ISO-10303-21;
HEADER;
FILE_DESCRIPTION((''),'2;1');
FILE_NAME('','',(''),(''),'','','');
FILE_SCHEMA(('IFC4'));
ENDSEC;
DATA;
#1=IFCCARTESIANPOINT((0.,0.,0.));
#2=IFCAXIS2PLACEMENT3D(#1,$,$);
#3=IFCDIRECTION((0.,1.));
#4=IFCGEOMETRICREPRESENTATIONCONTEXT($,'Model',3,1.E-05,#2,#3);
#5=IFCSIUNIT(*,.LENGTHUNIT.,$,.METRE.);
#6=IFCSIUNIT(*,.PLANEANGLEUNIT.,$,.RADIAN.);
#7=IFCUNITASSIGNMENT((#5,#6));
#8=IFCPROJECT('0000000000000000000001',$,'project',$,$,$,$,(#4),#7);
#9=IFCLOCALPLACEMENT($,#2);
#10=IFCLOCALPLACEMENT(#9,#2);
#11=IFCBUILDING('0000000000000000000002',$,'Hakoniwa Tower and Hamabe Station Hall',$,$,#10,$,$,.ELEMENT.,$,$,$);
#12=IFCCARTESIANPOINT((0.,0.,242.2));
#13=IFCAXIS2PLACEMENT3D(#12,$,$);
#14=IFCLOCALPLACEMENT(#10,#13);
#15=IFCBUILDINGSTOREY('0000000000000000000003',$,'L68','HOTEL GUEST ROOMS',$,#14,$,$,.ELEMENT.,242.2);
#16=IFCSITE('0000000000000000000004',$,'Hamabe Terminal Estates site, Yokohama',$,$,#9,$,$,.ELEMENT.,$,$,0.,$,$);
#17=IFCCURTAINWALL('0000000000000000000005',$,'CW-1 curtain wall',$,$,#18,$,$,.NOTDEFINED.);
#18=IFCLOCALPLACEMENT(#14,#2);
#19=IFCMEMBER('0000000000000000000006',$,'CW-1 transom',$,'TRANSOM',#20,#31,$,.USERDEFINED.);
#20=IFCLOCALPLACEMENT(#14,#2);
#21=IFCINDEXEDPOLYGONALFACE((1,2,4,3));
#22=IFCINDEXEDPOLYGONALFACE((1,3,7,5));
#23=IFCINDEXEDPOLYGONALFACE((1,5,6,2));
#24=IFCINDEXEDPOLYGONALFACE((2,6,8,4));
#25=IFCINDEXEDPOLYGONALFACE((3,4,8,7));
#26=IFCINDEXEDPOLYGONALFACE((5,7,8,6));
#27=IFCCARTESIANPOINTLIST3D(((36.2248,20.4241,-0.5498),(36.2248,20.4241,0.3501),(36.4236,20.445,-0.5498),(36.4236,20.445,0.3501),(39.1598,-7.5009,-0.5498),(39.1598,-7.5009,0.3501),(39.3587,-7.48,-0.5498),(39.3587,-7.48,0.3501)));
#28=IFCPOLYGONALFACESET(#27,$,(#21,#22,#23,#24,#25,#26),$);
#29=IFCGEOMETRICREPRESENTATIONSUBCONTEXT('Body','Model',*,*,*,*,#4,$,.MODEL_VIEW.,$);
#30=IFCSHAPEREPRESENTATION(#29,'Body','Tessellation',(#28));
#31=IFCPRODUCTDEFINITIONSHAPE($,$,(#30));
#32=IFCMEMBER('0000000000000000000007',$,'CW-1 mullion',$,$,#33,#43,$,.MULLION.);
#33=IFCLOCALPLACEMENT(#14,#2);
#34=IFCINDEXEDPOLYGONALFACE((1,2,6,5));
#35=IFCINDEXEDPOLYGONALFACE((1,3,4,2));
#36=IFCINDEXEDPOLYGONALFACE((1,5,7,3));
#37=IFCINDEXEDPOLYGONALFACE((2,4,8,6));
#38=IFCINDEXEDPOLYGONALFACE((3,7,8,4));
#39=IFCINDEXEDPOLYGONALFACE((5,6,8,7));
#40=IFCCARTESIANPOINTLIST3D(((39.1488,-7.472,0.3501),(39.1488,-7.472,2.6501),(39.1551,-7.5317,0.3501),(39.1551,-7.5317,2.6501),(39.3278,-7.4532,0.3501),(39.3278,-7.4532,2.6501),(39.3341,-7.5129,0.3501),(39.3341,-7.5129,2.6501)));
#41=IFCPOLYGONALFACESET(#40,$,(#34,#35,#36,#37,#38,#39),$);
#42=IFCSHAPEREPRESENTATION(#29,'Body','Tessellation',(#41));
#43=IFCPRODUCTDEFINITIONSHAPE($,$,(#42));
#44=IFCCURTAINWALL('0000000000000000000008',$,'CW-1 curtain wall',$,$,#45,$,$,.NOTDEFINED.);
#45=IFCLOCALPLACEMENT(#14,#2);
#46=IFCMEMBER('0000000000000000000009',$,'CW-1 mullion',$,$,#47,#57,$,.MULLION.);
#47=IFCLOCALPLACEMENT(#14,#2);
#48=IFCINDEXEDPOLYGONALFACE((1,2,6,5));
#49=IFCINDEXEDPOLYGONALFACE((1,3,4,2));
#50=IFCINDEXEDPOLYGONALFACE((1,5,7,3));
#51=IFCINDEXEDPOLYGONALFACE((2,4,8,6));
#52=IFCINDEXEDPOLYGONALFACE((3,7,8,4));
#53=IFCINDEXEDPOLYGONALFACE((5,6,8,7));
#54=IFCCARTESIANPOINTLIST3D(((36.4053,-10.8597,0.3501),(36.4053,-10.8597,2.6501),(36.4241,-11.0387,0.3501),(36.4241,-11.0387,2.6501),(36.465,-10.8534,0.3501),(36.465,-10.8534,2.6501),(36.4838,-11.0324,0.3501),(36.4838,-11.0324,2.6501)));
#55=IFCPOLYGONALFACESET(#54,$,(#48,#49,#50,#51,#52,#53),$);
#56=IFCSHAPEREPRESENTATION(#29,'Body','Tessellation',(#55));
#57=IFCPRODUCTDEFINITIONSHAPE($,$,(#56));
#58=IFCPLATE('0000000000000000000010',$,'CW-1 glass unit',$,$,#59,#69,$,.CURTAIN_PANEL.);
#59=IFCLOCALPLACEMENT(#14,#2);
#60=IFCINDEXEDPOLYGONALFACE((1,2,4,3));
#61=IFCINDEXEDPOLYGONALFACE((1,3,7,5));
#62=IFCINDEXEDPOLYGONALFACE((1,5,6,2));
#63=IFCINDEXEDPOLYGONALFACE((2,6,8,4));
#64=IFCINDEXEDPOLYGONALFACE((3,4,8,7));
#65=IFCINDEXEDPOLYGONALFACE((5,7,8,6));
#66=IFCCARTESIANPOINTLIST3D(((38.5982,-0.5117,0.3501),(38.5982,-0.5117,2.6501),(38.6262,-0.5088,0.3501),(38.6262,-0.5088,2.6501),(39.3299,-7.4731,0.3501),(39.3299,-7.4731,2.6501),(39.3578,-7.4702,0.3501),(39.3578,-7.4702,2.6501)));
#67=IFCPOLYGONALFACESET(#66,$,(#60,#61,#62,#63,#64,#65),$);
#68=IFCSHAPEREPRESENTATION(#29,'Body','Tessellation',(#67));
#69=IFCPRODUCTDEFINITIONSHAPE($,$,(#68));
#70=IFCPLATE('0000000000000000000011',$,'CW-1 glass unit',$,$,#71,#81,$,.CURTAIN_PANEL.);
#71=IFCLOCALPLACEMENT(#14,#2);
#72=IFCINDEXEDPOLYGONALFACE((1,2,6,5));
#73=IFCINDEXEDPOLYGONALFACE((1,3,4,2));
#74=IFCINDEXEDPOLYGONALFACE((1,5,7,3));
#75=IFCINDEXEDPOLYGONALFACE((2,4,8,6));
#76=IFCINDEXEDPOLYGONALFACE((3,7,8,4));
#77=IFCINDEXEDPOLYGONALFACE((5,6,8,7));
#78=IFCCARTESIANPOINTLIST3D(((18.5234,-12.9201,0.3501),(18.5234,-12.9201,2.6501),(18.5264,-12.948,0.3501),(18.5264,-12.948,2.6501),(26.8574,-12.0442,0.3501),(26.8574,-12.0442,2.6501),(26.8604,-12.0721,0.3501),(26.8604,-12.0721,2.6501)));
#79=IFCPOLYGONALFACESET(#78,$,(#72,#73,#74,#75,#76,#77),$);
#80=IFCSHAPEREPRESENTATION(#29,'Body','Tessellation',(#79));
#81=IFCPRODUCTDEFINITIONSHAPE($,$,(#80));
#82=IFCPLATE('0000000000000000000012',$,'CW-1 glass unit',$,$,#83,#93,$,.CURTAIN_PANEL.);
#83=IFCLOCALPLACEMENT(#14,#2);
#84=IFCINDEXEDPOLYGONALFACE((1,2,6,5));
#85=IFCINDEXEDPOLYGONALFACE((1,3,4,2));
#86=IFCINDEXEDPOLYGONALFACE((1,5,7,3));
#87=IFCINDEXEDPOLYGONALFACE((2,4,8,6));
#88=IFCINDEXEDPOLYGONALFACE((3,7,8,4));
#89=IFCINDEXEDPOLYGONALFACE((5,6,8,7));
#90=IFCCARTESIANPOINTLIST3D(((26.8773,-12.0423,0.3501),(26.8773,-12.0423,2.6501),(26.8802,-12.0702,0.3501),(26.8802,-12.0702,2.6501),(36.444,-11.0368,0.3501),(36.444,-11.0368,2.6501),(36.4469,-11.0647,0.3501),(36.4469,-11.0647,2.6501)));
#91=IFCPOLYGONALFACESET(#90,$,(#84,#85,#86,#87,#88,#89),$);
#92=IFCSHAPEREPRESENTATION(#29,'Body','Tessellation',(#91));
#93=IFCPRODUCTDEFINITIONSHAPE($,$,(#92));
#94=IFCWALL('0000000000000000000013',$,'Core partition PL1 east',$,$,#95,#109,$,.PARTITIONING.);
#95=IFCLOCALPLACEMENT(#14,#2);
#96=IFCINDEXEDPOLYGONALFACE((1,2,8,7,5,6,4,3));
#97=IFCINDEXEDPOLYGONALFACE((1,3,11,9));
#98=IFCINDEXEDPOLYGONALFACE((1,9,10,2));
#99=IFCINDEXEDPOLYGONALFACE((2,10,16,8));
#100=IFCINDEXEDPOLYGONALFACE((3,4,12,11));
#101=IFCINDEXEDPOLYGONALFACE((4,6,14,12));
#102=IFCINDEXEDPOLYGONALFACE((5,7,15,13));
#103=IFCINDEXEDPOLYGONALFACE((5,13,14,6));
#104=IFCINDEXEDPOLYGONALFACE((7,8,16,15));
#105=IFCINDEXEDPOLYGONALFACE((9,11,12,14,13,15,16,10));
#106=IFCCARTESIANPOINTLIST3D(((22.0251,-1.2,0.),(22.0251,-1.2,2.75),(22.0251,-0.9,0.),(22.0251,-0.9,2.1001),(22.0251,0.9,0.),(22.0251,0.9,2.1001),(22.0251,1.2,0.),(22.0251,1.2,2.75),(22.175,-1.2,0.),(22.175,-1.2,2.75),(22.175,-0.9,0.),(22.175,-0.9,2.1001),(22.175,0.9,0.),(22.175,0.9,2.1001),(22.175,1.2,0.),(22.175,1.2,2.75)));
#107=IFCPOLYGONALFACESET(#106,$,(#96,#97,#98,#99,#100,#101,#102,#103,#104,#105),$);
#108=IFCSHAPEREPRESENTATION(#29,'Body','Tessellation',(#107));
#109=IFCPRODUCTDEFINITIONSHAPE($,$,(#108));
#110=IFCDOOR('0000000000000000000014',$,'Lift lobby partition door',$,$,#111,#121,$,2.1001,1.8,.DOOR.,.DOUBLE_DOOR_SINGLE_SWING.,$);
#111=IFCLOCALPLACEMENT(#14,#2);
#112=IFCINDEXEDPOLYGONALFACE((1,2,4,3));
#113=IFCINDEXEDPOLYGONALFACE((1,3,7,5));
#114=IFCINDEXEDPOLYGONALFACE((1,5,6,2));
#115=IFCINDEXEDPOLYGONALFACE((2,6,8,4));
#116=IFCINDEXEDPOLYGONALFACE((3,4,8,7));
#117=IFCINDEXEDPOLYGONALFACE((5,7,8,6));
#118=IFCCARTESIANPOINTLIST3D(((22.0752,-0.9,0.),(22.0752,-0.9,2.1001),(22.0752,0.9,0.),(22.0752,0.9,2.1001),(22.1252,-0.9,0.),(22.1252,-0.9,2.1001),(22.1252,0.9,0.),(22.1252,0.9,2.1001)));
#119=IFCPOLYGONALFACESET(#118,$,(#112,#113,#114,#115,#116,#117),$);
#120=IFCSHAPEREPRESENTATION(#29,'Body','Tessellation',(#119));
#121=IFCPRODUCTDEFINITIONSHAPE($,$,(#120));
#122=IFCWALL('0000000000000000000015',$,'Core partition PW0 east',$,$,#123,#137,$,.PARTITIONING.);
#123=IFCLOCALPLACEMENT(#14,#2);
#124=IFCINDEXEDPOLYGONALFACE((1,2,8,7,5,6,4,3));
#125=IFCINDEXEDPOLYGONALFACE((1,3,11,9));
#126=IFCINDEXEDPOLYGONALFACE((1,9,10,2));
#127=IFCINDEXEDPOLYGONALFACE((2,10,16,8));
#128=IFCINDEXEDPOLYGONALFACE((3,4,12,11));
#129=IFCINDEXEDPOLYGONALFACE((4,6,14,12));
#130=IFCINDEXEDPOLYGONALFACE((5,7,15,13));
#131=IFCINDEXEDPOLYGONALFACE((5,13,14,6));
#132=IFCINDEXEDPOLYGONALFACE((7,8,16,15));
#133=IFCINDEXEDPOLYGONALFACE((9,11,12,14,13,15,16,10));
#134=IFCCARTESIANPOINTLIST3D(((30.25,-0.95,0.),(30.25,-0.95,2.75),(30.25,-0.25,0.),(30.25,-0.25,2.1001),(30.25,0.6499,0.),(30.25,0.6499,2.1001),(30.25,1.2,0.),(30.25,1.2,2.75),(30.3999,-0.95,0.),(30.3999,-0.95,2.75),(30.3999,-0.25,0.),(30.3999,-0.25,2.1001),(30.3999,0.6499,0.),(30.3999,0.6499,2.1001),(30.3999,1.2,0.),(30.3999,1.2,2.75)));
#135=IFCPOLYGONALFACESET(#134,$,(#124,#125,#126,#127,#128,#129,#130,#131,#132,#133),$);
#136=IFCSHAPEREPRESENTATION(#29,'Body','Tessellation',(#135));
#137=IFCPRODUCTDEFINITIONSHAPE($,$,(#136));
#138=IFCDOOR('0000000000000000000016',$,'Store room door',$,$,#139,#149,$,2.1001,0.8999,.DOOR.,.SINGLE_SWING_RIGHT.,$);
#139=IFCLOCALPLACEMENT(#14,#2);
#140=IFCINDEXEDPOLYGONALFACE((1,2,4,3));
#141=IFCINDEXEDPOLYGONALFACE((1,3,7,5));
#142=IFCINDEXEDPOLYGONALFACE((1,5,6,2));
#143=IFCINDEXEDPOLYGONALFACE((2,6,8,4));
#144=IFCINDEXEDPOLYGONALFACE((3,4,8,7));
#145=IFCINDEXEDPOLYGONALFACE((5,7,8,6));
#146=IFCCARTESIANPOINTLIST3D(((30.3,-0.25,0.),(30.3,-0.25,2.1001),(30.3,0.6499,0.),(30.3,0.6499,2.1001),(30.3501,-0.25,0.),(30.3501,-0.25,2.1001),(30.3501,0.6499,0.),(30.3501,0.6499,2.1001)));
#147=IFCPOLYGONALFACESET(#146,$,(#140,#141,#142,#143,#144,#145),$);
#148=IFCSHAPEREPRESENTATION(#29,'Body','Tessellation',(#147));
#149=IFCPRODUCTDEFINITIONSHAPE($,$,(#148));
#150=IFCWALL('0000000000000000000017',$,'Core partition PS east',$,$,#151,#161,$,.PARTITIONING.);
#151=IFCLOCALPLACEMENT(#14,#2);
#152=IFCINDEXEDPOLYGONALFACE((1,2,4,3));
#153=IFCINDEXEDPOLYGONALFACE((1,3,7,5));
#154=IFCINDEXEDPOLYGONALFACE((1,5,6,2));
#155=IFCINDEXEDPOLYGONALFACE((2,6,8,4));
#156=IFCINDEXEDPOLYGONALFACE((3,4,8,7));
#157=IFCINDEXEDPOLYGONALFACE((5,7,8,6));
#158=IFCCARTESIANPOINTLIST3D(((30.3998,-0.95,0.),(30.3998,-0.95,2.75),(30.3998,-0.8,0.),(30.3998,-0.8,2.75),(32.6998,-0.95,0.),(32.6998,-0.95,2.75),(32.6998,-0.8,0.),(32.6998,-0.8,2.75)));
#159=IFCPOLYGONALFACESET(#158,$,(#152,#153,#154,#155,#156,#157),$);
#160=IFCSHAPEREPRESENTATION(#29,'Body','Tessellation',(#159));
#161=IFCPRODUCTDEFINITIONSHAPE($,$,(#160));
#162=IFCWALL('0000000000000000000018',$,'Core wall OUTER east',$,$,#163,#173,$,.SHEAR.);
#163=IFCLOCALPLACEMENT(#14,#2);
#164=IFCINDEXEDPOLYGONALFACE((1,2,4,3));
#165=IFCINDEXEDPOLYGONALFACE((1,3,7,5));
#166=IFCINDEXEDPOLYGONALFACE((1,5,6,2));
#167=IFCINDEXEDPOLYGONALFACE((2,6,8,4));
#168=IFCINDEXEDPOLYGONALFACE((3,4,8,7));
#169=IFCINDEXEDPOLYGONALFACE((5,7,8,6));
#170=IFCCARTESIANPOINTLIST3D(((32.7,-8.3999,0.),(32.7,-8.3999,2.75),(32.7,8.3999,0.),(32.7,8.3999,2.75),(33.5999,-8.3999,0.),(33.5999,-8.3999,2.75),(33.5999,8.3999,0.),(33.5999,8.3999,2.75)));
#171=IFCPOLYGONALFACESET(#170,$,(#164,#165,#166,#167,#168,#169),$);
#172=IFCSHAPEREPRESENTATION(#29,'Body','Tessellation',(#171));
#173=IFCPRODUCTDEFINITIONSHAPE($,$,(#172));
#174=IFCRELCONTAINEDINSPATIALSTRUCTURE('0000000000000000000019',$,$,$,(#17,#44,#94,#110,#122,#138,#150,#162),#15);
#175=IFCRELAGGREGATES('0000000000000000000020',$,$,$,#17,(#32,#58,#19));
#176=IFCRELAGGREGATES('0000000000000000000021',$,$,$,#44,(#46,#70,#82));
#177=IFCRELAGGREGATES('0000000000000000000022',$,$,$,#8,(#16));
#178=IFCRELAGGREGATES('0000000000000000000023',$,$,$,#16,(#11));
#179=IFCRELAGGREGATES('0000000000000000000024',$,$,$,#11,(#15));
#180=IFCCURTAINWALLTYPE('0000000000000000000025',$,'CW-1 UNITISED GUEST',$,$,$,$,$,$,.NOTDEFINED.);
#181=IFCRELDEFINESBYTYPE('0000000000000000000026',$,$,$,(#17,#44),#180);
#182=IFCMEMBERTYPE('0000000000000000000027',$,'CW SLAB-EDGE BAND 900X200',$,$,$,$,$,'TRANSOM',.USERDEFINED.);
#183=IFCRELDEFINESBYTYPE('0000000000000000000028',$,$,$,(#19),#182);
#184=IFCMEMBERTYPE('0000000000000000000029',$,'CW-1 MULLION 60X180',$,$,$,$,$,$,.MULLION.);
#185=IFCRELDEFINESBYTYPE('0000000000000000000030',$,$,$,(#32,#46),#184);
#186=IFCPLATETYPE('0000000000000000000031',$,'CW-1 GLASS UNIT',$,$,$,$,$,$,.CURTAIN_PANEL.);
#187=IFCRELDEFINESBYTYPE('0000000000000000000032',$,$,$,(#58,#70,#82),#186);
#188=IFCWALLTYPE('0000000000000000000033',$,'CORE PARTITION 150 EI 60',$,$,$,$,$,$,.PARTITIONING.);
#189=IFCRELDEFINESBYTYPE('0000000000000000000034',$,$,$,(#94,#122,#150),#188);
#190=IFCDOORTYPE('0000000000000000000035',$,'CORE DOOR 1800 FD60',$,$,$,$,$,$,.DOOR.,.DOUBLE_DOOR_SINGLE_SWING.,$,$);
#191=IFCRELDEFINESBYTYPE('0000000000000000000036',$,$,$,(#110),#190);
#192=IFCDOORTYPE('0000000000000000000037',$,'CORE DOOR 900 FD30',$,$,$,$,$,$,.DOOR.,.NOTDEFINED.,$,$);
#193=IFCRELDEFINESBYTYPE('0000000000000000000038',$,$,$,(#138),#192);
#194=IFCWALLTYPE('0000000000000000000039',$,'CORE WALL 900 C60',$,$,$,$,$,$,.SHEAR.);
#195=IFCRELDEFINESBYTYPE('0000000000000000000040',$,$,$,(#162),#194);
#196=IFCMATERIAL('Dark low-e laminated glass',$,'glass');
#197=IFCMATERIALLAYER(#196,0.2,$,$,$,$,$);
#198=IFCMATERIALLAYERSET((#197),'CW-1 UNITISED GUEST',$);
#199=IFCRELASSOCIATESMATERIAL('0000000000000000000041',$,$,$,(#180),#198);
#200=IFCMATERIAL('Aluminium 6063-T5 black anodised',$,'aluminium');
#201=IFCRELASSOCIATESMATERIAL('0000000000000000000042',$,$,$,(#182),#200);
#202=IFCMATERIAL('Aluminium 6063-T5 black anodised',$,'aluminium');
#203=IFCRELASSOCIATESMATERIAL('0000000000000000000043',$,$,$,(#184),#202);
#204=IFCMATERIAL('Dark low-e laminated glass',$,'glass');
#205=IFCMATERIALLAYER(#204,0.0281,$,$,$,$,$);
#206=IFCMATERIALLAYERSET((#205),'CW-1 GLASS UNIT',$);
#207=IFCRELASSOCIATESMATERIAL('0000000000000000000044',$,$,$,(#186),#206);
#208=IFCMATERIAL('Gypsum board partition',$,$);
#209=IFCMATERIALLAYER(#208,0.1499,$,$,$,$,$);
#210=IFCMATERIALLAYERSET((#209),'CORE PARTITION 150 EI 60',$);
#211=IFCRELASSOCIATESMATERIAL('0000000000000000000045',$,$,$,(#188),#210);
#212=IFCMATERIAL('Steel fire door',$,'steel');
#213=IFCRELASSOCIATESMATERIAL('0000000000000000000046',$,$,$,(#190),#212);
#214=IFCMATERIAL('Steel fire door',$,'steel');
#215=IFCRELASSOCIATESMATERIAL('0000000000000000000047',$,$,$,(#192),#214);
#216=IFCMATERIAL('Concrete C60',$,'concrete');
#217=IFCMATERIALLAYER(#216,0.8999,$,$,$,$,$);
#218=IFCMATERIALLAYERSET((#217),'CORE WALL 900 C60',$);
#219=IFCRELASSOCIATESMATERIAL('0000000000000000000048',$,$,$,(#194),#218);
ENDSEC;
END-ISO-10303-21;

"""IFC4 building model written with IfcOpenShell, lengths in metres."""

from ifc_helpers import new_model, si_unit, direction, frame, frame_2d, origin, origin_2d, place, context, subcontext, project, spatial, rectangle, extrude, material, layer, layer_set, material_profile, profile_set, type_object, element, fill, aggregate, save


model = new_model("IFC4")

# Units and contexts
model_context = context("Model", 3, precision=1e-05, world=origin(), true_north=direction((0.0, 1.0)))
body_context = subcontext(model_context, "Body", "Model", "MODEL_VIEW")
ifc_project = project(units=[si_unit("LENGTHUNIT", "METRE"), si_unit("PLANEANGLEUNIT", "RADIAN")], contexts=[model_context])

# Site, building, storey
site_placement = place(None, origin())
site = spatial("IfcSite", under=ifc_project, at=site_placement, Name="Hamabe Terminal Estates site, Yokohama", CompositionType="ELEMENT", RefElevation=0.0)
building_placement = place(site_placement, origin())
building = spatial("IfcBuilding", under=site, at=building_placement, Name="Hakoniwa Tower and Hamabe Station Hall", CompositionType="ELEMENT")
storey_placement = place(building_placement, frame((0.0, 0.0, 242.2)))
storey = spatial("IfcBuildingStorey", under=building, at=storey_placement, Name="L68", Description="HOTEL GUEST ROOMS", CompositionType="ELEMENT", Elevation=242.2)

# Curtain wall, members
ifc_material_1 = material(Name="Dark low-e laminated glass", Category="glass")
ifc_layer_1 = layer(ifc_material_1, 0.2)
ifc_layer_set_1 = layer_set([ifc_layer_1], Name="CW-1 UNITISED GUEST")
curtain_wall_type = type_object("IfcCurtainWallType", Name="CW-1 UNITISED GUEST", PredefinedType="NOTDEFINED", material=ifc_layer_set_1)
curtain_wall_1_placement = place(storey_placement, origin())
curtain_wall_1 = element("IfcCurtainWall", 1, at=curtain_wall_1_placement, inside=storey, type_object=curtain_wall_type, Name="CW-1 curtain wall", PredefinedType="NOTDEFINED")
ifc_material_2 = material(Name="Aluminium 6063-T5 black anodised", Category="aluminium")
ifc_material_profile_1 = material_profile(ifc_material_2, rectangle(XDim=0.2, YDim=0.8999, at=origin_2d()), Name="CW SLAB-EDGE BAND 900X200")
ifc_profile_set_1 = profile_set([ifc_material_profile_1], Name="Aluminium 6063-T5 black anodised")
member_type_1 = type_object("IfcMemberType", Name="CW SLAB-EDGE BAND 900X200", ElementType="TRANSOM", PredefinedType="USERDEFINED", material=ifc_profile_set_1)
member_1_placement = place(storey_placement, frame((39.2593, -7.4905, -0.0999), z_axis=(-0.104529, 0.994522, 0.0), x_axis=(-0.994522, -0.104529, 0.0)))
member_1 = element("IfcMember", 2, at=member_1_placement, type_object=member_type_1, Name="CW-1 transom", ObjectType="TRANSOM", PredefinedType="USERDEFINED", context=body_context, shape_type="SweptSolid", body=[
    extrude(rectangle(XDim=0.2, YDim=0.8999, at=origin_2d()), origin(), (0.0, 0.0, 1.0), 28.0789),
])
ifc_material_3 = material(Name="Aluminium 6063-T5 black anodised", Category="aluminium")
ifc_material_profile_2 = material_profile(ifc_material_3, rectangle(XDim=0.0601, YDim=0.1799, at=origin_2d()), Name="CW-1 MULLION 60X180")
ifc_profile_set_2 = profile_set([ifc_material_profile_2], Name="Aluminium 6063-T5 black anodised")
member_type_2 = type_object("IfcMemberType", Name="CW-1 MULLION 60X180", PredefinedType="MULLION", material=ifc_profile_set_2)
member_2_placement = place(storey_placement, frame((39.2415, -7.4924, 0.3501), z_axis=(0.0, 0.0, 1.0), x_axis=(-0.104528, 0.994522, 0.0)))
member_2 = element("IfcMember", 3, at=member_2_placement, type_object=member_type_2, Name="CW-1 mullion", PredefinedType="MULLION", context=body_context, shape_type="SweptSolid", body=[
    extrude(rectangle(XDim=0.0601, YDim=0.1799, at=origin_2d()), origin(), (0.0, 0.0, 1.0), 2.3),
])

# Curtain wall, member
curtain_wall_2_placement = place(storey_placement, origin())
curtain_wall_2 = element("IfcCurtainWall", 4, at=curtain_wall_2_placement, inside=storey, type_object=curtain_wall_type, Name="CW-1 curtain wall", PredefinedType="NOTDEFINED")
member_3_placement = place(storey_placement, frame((36.4446, -10.946, 0.3501), z_axis=(0.0, 0.0, 1.0), x_axis=(0.994522, 0.104528, 0.0)))
member_3 = element("IfcMember", 5, at=member_3_placement, type_object=member_type_2, Name="CW-1 mullion", PredefinedType="MULLION", context=body_context, shape_type="SweptSolid", body=[
    extrude(rectangle(XDim=0.0601, YDim=0.1799, at=origin_2d()), origin(), (0.0, 0.0, 1.0), 2.3),
])

# Plates
ifc_material_4 = material(Name="Dark low-e laminated glass", Category="glass")
ifc_layer_2 = layer(ifc_material_4, 0.0281)
ifc_layer_set_2 = layer_set([ifc_layer_2], Name="CW-1 GLASS UNIT")
plate_type = type_object("IfcPlateType", Name="CW-1 GLASS UNIT", PredefinedType="CURTAIN_PANEL", material=ifc_layer_set_2)
plate_1_placement = place(storey_placement, frame((38.978, -3.991, 0.3501), z_axis=(0.0, 0.0, 1.0), x_axis=(-0.104528, 0.994522, 0.0)))
plate_1 = element("IfcPlate", 6, at=plate_1_placement, type_object=plate_type, Name="CW-1 glass unit", PredefinedType="CURTAIN_PANEL", context=body_context, shape_type="SweptSolid", body=[
    extrude(rectangle(XDim=6.9998, YDim=0.0281, at=origin_2d()), origin(), (0.0, 0.0, 1.0), 2.3),
])
aggregate(curtain_wall_1, [member_2, plate_1, member_1])
plate_2_placement = place(storey_placement, frame((22.6919, -12.4961, 0.3501), z_axis=(0.0, 0.0, 1.0), x_axis=(0.994522, 0.104528, 0.0)))
plate_2 = element("IfcPlate", 7, at=plate_2_placement, type_object=plate_type, Name="CW-1 glass unit", PredefinedType="CURTAIN_PANEL", context=body_context, shape_type="SweptSolid", body=[
    extrude(rectangle(XDim=8.3799, YDim=0.0281, at=origin_2d()), origin(), (0.0, 0.0, 1.0), 2.3),
])
plate_3_placement = place(storey_placement, frame((31.6621, -11.5535, 0.3501), z_axis=(0.0, 0.0, 1.0), x_axis=(0.994522, 0.104528, 0.0)))
plate_3 = element("IfcPlate", 8, at=plate_3_placement, type_object=plate_type, Name="CW-1 glass unit", PredefinedType="CURTAIN_PANEL", context=body_context, shape_type="SweptSolid", body=[
    extrude(rectangle(XDim=9.6194, YDim=0.0281, at=origin_2d()), origin(), (0.0, 0.0, 1.0), 2.3),
])
aggregate(curtain_wall_2, [member_3, plate_2, plate_3])

# Walls, openings, doors
ifc_material_5 = material(Name="Gypsum board partition")
ifc_layer_3 = layer(ifc_material_5, 0.1499)
ifc_layer_set_3 = layer_set([ifc_layer_3], Name="CORE PARTITION 150 EI 60")
wall_type_1 = type_object("IfcWallType", Name="CORE PARTITION 150 EI 60", PredefinedType="PARTITIONING", material=ifc_layer_set_3)
wall_1_placement = place(storey_placement, frame((22.1001, -1.2, 0.0), z_axis=(0.0, 0.0, 1.0), x_axis=(0.0, 1.0, 0.0)))
wall_1 = element("IfcWall", 9, at=wall_1_placement, inside=storey, type_object=wall_type_1, Name="Core partition PL1 east", PredefinedType="PARTITIONING", context=body_context, shape_type="SweptSolid", body=[
    extrude(rectangle(XDim=2.3999, YDim=0.1499, at=frame_2d((1.2, 0.0))), origin(), (0.0, 0.0, 1.0), 2.75),
])
opening_1_placement = place(wall_1_placement, frame((0.3, 0.0, 0.0)))
opening_1 = element("IfcOpeningElement", 10, at=opening_1_placement, cuts=wall_1, PredefinedType="OPENING", context=body_context, shape_type="SweptSolid", body=[
    extrude(rectangle(XDim=1.8, YDim=2.1001, at=frame_2d((0.8999, 1.05))), frame((0.0, 0.085, 0.0), z_axis=(0.0, -1.0, 0.0), x_axis=(1.0, 0.0, 0.0)), (0.0, 0.0, 1.0), 0.1699),
])
ifc_material_6 = material(Name="Steel fire door", Category="steel")
door_type_1 = type_object("IfcDoorType", Name="CORE DOOR 1800 FD60", OperationType="DOUBLE_DOOR_SINGLE_SWING", PredefinedType="DOOR", material=ifc_material_6)
door_1_placement = place(opening_1_placement, origin())
door_1 = element("IfcDoor", 11, at=door_1_placement, inside=storey, type_object=door_type_1, Name="Lift lobby partition door", OperationType="DOUBLE_DOOR_SINGLE_SWING", OverallHeight=2.1001, OverallWidth=1.8, PredefinedType="DOOR", context=body_context, shape_type="SweptSolid", body=[
    extrude(rectangle(XDim=1.8, YDim=2.1001, at=frame_2d((0.8999, 1.05))), frame((0.0, 0.0249, 0.0), z_axis=(0.0, -1.0, 0.0), x_axis=(1.0, 0.0, 0.0)), (0.0, 0.0, 1.0), 0.05),
])
fill(opening_1, door_1)
wall_2_placement = place(storey_placement, frame((30.325, -0.95, 0.0), z_axis=(0.0, 0.0, 1.0), x_axis=(0.0, 1.0, 0.0)))
wall_2 = element("IfcWall", 12, at=wall_2_placement, inside=storey, type_object=wall_type_1, Name="Core partition PW0 east", PredefinedType="PARTITIONING", context=body_context, shape_type="SweptSolid", body=[
    extrude(rectangle(XDim=2.1499, YDim=0.1499, at=frame_2d((1.075, 0.0))), origin(), (0.0, 0.0, 1.0), 2.75),
])
opening_2_placement = place(wall_2_placement, frame((0.7, 0.0, 0.0)))
opening_2 = element("IfcOpeningElement", 13, at=opening_2_placement, cuts=wall_2, PredefinedType="OPENING", context=body_context, shape_type="SweptSolid", body=[
    extrude(rectangle(XDim=0.8999, YDim=2.1001, at=frame_2d((0.45, 1.05))), frame((0.0, 0.085, 0.0), z_axis=(0.0, -1.0, 0.0), x_axis=(1.0, 0.0, 0.0)), (0.0, 0.0, 1.0), 0.1699),
])
ifc_material_7 = material(Name="Steel fire door", Category="steel")
door_type_2 = type_object("IfcDoorType", Name="CORE DOOR 900 FD30", OperationType="NOTDEFINED", PredefinedType="DOOR", material=ifc_material_7)
door_2_placement = place(opening_2_placement, origin())
door_2 = element("IfcDoor", 14, at=door_2_placement, inside=storey, type_object=door_type_2, Name="Store room door", OperationType="SINGLE_SWING_RIGHT", OverallHeight=2.1001, OverallWidth=0.8999, PredefinedType="DOOR", context=body_context, shape_type="SweptSolid", body=[
    extrude(rectangle(XDim=0.8999, YDim=2.1001, at=frame_2d((0.45, 1.05))), frame((0.0, 0.0249, 0.0), z_axis=(0.0, -1.0, 0.0), x_axis=(1.0, 0.0, 0.0)), (0.0, 0.0, 1.0), 0.05),
])
fill(opening_2, door_2)

# Walls
wall_3_placement = place(storey_placement, frame((30.3999, -0.875, 0.0), z_axis=(0.0, 0.0, 1.0), x_axis=(1.0, 0.0, 0.0)))
element("IfcWall", 15, at=wall_3_placement, inside=storey, type_object=wall_type_1, Name="Core partition PS east", PredefinedType="PARTITIONING", context=body_context, shape_type="SweptSolid", body=[
    extrude(rectangle(XDim=2.3, YDim=0.1499, at=frame_2d((1.1499, 0.0))), origin(), (0.0, 0.0, 1.0), 2.75),
])
ifc_material_8 = material(Name="Concrete C60", Category="concrete")
ifc_layer_4 = layer(ifc_material_8, 0.8999)
ifc_layer_set_4 = layer_set([ifc_layer_4], Name="CORE WALL 900 C60")
wall_type_2 = type_object("IfcWallType", Name="CORE WALL 900 C60", PredefinedType="SHEAR", material=ifc_layer_set_4)
wall_4_placement = place(storey_placement, frame((33.1499, -8.3999, 0.0), z_axis=(0.0, 0.0, 1.0), x_axis=(0.0, 1.0, 0.0)))
element("IfcWall", 16, at=wall_4_placement, inside=storey, type_object=wall_type_2, Name="Core wall OUTER east", PredefinedType="SHEAR", context=body_context, shape_type="SweptSolid", body=[
    extrude(rectangle(XDim=16.7998, YDim=0.8999, at=frame_2d((8.3999, 0.0))), origin(), (0.0, 0.0, 1.0), 2.75),
])

save(model, "model.ifc")
